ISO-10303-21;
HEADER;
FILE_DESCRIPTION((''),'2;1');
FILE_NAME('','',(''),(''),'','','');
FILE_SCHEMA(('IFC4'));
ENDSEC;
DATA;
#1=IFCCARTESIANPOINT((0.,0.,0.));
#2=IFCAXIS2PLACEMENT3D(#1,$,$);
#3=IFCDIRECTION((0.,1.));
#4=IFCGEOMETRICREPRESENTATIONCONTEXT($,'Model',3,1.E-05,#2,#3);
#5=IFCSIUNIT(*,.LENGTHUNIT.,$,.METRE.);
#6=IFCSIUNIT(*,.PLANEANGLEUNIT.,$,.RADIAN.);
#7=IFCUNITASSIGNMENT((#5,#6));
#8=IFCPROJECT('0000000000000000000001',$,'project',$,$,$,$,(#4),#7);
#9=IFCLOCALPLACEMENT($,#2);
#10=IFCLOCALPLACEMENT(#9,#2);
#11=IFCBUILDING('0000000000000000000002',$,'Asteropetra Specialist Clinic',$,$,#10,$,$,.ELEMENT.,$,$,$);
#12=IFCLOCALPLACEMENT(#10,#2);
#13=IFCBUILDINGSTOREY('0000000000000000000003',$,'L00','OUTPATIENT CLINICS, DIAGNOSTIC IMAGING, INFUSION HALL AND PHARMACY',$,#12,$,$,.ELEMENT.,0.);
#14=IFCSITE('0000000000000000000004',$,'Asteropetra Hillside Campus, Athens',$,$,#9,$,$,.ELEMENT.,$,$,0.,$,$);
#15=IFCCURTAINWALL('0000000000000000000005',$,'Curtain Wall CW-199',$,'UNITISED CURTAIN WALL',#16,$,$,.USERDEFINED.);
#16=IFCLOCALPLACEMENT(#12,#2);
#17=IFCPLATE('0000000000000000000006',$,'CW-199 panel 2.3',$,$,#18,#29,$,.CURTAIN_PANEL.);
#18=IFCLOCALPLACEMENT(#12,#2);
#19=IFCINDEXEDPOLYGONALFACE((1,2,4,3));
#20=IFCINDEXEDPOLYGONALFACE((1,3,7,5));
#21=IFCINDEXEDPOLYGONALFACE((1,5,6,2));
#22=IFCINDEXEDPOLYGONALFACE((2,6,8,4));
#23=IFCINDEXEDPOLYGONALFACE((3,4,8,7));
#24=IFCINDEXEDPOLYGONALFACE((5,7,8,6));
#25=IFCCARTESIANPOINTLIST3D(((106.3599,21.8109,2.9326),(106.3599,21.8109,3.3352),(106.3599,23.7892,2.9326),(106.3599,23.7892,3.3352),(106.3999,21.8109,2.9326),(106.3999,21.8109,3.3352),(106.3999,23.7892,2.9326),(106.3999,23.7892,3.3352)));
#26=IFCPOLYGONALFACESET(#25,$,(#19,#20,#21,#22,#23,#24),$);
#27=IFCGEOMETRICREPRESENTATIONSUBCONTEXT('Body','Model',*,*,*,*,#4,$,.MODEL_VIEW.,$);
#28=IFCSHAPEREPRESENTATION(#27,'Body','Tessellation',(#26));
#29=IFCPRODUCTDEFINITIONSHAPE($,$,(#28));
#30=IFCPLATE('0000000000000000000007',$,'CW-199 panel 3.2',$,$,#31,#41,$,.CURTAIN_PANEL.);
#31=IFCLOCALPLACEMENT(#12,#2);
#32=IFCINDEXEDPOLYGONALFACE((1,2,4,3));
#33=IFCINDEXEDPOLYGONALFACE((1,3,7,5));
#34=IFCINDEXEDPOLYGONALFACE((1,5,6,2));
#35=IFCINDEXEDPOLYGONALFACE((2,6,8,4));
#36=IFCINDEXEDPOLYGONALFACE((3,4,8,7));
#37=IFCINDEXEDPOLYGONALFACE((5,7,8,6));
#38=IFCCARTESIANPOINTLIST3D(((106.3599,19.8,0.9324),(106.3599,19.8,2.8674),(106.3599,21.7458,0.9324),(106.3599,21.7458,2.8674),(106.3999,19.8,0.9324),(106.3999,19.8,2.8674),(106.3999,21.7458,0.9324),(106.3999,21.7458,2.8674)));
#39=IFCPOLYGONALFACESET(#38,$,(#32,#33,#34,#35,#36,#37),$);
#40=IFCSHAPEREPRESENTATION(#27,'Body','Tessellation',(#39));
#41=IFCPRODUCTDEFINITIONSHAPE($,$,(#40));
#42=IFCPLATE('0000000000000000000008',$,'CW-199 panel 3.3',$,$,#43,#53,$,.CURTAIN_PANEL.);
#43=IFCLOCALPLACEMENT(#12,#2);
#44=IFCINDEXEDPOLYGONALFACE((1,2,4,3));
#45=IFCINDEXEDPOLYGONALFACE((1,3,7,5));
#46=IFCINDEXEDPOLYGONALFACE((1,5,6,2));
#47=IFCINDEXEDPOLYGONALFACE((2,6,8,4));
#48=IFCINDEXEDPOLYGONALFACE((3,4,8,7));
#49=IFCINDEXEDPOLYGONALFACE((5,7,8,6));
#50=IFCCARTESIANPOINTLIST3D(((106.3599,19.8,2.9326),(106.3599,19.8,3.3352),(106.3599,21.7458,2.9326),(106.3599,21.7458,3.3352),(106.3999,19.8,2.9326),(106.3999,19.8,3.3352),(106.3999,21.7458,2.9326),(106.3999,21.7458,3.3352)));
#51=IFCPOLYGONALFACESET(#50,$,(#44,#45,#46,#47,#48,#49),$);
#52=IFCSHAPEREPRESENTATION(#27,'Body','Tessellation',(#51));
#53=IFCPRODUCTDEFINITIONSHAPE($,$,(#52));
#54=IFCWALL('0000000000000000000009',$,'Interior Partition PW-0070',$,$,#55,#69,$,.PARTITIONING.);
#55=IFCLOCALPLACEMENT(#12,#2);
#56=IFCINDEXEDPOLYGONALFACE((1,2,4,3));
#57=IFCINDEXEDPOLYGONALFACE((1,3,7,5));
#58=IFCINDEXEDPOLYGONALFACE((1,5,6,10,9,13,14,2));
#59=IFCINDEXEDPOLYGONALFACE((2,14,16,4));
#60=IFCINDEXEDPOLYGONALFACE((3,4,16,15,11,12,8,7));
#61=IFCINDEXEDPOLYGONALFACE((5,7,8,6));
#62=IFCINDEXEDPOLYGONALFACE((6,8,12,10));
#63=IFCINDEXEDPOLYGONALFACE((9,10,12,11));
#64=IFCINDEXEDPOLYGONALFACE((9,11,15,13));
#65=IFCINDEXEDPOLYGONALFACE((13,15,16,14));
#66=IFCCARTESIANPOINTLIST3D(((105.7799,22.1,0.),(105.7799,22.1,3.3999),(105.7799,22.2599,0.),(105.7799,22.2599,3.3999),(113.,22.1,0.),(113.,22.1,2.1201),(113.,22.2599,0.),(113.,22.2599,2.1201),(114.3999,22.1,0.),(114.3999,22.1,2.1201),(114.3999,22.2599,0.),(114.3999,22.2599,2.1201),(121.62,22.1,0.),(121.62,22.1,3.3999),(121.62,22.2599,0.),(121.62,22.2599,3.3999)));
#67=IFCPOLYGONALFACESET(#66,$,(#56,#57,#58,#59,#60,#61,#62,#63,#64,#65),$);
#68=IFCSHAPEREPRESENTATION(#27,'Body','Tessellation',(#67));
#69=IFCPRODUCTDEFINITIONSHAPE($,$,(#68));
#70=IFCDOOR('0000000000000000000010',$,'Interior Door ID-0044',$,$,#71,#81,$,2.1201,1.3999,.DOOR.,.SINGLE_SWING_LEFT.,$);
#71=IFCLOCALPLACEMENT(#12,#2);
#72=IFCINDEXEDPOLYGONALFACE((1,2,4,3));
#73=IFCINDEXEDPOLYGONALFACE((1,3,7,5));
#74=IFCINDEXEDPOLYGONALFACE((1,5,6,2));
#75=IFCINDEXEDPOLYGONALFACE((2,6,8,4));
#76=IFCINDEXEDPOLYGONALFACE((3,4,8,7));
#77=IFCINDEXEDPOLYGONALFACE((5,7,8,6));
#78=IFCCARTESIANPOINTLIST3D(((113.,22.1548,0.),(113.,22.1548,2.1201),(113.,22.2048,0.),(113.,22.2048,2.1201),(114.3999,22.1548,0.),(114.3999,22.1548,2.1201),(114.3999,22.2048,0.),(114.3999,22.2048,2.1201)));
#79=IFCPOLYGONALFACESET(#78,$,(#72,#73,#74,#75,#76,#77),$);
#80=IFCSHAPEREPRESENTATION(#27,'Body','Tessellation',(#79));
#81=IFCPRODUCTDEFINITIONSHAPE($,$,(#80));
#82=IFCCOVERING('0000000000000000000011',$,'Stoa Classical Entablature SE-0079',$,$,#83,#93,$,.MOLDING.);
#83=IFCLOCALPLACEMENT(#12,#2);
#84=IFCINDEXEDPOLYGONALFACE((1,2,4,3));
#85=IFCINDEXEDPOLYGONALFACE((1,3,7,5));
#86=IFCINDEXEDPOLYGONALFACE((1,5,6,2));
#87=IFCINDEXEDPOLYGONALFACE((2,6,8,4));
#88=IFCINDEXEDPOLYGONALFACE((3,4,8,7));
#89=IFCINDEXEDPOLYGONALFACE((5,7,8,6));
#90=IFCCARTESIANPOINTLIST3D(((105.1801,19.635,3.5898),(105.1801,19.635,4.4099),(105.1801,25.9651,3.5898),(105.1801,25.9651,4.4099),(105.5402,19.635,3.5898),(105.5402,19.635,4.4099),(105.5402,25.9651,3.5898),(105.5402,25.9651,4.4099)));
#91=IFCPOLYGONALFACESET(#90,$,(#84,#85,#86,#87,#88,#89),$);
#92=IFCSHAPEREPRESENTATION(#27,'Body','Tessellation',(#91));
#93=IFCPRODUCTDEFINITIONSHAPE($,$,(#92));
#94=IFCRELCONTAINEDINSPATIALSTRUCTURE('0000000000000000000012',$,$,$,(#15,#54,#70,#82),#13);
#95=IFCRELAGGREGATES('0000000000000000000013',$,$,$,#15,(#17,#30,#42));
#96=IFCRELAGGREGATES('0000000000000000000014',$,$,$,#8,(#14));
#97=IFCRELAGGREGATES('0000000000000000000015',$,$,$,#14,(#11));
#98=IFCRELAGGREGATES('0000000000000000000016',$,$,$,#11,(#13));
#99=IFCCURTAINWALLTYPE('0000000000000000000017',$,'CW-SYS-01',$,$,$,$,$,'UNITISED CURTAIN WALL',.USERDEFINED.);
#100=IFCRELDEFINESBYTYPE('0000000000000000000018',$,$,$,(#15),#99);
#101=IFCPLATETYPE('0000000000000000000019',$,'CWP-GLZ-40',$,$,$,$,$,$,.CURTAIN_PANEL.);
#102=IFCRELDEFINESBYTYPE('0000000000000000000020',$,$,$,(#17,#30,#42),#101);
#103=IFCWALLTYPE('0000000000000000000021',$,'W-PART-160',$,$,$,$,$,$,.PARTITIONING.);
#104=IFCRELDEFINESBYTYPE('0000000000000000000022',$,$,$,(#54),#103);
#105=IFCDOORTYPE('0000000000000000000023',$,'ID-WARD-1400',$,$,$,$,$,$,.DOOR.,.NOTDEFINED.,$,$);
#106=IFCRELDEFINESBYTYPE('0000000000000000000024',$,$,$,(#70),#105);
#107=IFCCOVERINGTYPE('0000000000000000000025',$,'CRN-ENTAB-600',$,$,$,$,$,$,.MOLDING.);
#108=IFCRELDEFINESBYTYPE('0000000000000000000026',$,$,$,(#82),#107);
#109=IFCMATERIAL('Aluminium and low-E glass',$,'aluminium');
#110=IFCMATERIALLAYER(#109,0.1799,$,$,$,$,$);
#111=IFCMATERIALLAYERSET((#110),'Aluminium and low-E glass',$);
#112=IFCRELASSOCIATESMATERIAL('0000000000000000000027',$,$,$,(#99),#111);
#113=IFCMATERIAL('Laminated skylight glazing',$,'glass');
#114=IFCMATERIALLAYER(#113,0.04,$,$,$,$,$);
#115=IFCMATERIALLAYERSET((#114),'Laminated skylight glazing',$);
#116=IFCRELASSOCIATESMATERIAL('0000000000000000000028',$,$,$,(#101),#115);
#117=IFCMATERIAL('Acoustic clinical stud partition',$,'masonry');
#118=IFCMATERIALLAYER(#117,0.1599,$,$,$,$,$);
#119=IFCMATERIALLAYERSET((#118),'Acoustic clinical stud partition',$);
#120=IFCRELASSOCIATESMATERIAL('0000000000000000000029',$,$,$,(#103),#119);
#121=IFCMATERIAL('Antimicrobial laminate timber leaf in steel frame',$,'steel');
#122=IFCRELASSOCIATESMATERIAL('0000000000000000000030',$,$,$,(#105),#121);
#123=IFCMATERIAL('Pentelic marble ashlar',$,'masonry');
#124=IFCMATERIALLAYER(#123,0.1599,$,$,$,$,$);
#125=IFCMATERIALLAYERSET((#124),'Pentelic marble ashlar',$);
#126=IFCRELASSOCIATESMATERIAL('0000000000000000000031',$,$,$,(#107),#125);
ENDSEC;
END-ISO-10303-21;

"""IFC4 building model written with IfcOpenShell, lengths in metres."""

from ifc_helpers import new_model, si_unit, direction, frame, frame_2d, origin, origin_2d, place, context, subcontext, project, spatial, rectangle, extrude, material, layer, layer_set, type_object, element, fill, aggregate, save


model = new_model("IFC4")

# Units and contexts
model_context = context("Model", 3, precision=1e-05, world=origin(), true_north=direction((0.0, 1.0)))
body_context = subcontext(model_context, "Body", "Model", "MODEL_VIEW")
ifc_project = project(units=[si_unit("LENGTHUNIT", "METRE"), si_unit("PLANEANGLEUNIT", "RADIAN")], contexts=[model_context])

# Site, building, storey
site_placement = place(None, origin())
site = spatial("IfcSite", under=ifc_project, at=site_placement, Name="Asteropetra Hillside Campus, Athens", CompositionType="ELEMENT", RefElevation=0.0)
building_placement = place(site_placement, origin())
building = spatial("IfcBuilding", under=site, at=building_placement, Name="Asteropetra Specialist Clinic", CompositionType="ELEMENT")
storey_placement = place(building_placement, origin())
storey = spatial("IfcBuildingStorey", under=building, at=storey_placement, Name="L00", Description="OUTPATIENT CLINICS, DIAGNOSTIC IMAGING, INFUSION HALL AND PHARMACY", CompositionType="ELEMENT", Elevation=0.0)

# Curtain wall, plates
ifc_material_1 = material(Name="Aluminium and low-E glass", Category="aluminium")
ifc_layer_1 = layer(ifc_material_1, 0.1799)
ifc_layer_set_1 = layer_set([ifc_layer_1], Name="Aluminium and low-E glass")
curtain_wall_type = type_object("IfcCurtainWallType", Name="CW-SYS-01", ElementType="UNITISED CURTAIN WALL", PredefinedType="USERDEFINED", material=ifc_layer_set_1)
curtain_wall_placement = place(storey_placement, origin())
curtain_wall = element("IfcCurtainWall", 1, at=curtain_wall_placement, inside=storey, type_object=curtain_wall_type, Name="Curtain Wall CW-199", ObjectType="UNITISED CURTAIN WALL", PredefinedType="USERDEFINED")
ifc_material_2 = material(Name="Laminated skylight glazing", Category="glass")
ifc_layer_2 = layer(ifc_material_2, 0.04)
ifc_layer_set_2 = layer_set([ifc_layer_2], Name="Laminated skylight glazing")
plate_type = type_object("IfcPlateType", Name="CWP-GLZ-40", PredefinedType="CURTAIN_PANEL", material=ifc_layer_set_2)
plate_1_placement = place(storey_placement, frame((106.3799, 22.8, 2.9326), z_axis=(0.0, 0.0, 1.0), x_axis=(0.0, -1.0, 0.0)))
plate_1 = element("IfcPlate", 2, at=plate_1_placement, type_object=plate_type, Name="CW-199 panel 2.3", PredefinedType="CURTAIN_PANEL", context=body_context, shape_type="SweptSolid", body=[
    extrude(rectangle(XDim=1.9783, YDim=0.04, at=origin_2d()), origin(), (0.0, 0.0, 1.0), 0.4026),
])
plate_2_placement = place(storey_placement, frame((106.3799, 20.7729, 0.9324), z_axis=(0.0, 0.0, 1.0), x_axis=(0.0, -1.0, 0.0)))
plate_2 = element("IfcPlate", 3, at=plate_2_placement, type_object=plate_type, Name="CW-199 panel 3.2", PredefinedType="CURTAIN_PANEL", context=body_context, shape_type="SweptSolid", body=[
    extrude(rectangle(XDim=1.9458, YDim=0.04, at=origin_2d()), origin(), (0.0, 0.0, 1.0), 1.9351),
])
plate_3_placement = place(storey_placement, frame((106.3799, 20.7729, 2.9326), z_axis=(0.0, 0.0, 1.0), x_axis=(0.0, -1.0, 0.0)))
plate_3 = element("IfcPlate", 4, at=plate_3_placement, type_object=plate_type, Name="CW-199 panel 3.3", PredefinedType="CURTAIN_PANEL", context=body_context, shape_type="SweptSolid", body=[
    extrude(rectangle(XDim=1.9458, YDim=0.04, at=origin_2d()), origin(), (0.0, 0.0, 1.0), 0.4026),
])
aggregate(curtain_wall, [plate_1, plate_2, plate_3])

# Wall, opening, door
ifc_material_3 = material(Name="Acoustic clinical stud partition", Category="masonry")
ifc_layer_3 = layer(ifc_material_3, 0.1599)
ifc_layer_set_3 = layer_set([ifc_layer_3], Name="Acoustic clinical stud partition")
wall_type = type_object("IfcWallType", Name="W-PART-160", PredefinedType="PARTITIONING", material=ifc_layer_set_3)
wall_placement = place(storey_placement, frame((105.78, 22.1799, 0.0), z_axis=(0.0, 0.0, 1.0), x_axis=(1.0, 0.0, 0.0)))
wall = element("IfcWall", 5, at=wall_placement, inside=storey, type_object=wall_type, Name="Interior Partition PW-0070", PredefinedType="PARTITIONING", context=body_context, shape_type="SweptSolid", body=[
    extrude(rectangle(XDim=15.8401, YDim=0.1599, at=frame_2d((7.9199, 0.0))), origin(), (0.0, 0.0, 1.0), 3.3999),
])
opening_placement = place(wall_placement, frame((7.22, 0.0, 0.0)))
opening = element("IfcOpeningElement", 6, at=opening_placement, cuts=wall, PredefinedType="OPENING", context=body_context, shape_type="SweptSolid", body=[
    extrude(rectangle(XDim=1.3999, YDim=2.1201, at=frame_2d((0.7, 1.0601))), frame((0.0, 0.0898, 0.0), z_axis=(0.0, -1.0, 0.0), x_axis=(1.0, 0.0, 0.0)), (0.0, 0.0, 1.0), 0.1799),
])
ifc_material_4 = material(Name="Antimicrobial laminate timber leaf in steel frame", Category="steel")
door_type = type_object("IfcDoorType", Name="ID-WARD-1400", OperationType="NOTDEFINED", PredefinedType="DOOR", material=ifc_material_4)
door_placement = place(opening_placement, origin())
door = element("IfcDoor", 7, at=door_placement, inside=storey, type_object=door_type, Name="Interior Door ID-0044", OperationType="SINGLE_SWING_LEFT", OverallHeight=2.1201, OverallWidth=1.3999, PredefinedType="DOOR", context=body_context, shape_type="SweptSolid", body=[
    extrude(rectangle(XDim=1.3999, YDim=2.1201, at=frame_2d((0.7, 1.0601))), frame((0.0, 0.0249, 0.0), z_axis=(0.0, -1.0, 0.0), x_axis=(1.0, 0.0, 0.0)), (0.0, 0.0, 1.0), 0.05),
])
fill(opening, door)

# Covering
ifc_material_5 = material(Name="Pentelic marble ashlar", Category="masonry")
ifc_layer_4 = layer(ifc_material_5, 0.1599)
ifc_layer_set_4 = layer_set([ifc_layer_4], Name="Pentelic marble ashlar")
covering_type = type_object("IfcCoveringType", Name="CRN-ENTAB-600", PredefinedType="MOLDING", material=ifc_layer_set_4)
covering_placement = place(storey_placement, frame((105.3601, 22.8, 3.5898), z_axis=(0.0, 0.0, 1.0), x_axis=(1.0, 0.0, 0.0)))
element("IfcCovering", 8, at=covering_placement, inside=storey, type_object=covering_type, Name="Stoa Classical Entablature SE-0079", PredefinedType="MOLDING", context=body_context, shape_type="SweptSolid", body=[
    extrude(rectangle(XDim=0.3601, YDim=6.3301, at=origin_2d()), origin(), (0.0, 0.0, 1.0), 0.8201),
])

save(model, "model.ifc")
